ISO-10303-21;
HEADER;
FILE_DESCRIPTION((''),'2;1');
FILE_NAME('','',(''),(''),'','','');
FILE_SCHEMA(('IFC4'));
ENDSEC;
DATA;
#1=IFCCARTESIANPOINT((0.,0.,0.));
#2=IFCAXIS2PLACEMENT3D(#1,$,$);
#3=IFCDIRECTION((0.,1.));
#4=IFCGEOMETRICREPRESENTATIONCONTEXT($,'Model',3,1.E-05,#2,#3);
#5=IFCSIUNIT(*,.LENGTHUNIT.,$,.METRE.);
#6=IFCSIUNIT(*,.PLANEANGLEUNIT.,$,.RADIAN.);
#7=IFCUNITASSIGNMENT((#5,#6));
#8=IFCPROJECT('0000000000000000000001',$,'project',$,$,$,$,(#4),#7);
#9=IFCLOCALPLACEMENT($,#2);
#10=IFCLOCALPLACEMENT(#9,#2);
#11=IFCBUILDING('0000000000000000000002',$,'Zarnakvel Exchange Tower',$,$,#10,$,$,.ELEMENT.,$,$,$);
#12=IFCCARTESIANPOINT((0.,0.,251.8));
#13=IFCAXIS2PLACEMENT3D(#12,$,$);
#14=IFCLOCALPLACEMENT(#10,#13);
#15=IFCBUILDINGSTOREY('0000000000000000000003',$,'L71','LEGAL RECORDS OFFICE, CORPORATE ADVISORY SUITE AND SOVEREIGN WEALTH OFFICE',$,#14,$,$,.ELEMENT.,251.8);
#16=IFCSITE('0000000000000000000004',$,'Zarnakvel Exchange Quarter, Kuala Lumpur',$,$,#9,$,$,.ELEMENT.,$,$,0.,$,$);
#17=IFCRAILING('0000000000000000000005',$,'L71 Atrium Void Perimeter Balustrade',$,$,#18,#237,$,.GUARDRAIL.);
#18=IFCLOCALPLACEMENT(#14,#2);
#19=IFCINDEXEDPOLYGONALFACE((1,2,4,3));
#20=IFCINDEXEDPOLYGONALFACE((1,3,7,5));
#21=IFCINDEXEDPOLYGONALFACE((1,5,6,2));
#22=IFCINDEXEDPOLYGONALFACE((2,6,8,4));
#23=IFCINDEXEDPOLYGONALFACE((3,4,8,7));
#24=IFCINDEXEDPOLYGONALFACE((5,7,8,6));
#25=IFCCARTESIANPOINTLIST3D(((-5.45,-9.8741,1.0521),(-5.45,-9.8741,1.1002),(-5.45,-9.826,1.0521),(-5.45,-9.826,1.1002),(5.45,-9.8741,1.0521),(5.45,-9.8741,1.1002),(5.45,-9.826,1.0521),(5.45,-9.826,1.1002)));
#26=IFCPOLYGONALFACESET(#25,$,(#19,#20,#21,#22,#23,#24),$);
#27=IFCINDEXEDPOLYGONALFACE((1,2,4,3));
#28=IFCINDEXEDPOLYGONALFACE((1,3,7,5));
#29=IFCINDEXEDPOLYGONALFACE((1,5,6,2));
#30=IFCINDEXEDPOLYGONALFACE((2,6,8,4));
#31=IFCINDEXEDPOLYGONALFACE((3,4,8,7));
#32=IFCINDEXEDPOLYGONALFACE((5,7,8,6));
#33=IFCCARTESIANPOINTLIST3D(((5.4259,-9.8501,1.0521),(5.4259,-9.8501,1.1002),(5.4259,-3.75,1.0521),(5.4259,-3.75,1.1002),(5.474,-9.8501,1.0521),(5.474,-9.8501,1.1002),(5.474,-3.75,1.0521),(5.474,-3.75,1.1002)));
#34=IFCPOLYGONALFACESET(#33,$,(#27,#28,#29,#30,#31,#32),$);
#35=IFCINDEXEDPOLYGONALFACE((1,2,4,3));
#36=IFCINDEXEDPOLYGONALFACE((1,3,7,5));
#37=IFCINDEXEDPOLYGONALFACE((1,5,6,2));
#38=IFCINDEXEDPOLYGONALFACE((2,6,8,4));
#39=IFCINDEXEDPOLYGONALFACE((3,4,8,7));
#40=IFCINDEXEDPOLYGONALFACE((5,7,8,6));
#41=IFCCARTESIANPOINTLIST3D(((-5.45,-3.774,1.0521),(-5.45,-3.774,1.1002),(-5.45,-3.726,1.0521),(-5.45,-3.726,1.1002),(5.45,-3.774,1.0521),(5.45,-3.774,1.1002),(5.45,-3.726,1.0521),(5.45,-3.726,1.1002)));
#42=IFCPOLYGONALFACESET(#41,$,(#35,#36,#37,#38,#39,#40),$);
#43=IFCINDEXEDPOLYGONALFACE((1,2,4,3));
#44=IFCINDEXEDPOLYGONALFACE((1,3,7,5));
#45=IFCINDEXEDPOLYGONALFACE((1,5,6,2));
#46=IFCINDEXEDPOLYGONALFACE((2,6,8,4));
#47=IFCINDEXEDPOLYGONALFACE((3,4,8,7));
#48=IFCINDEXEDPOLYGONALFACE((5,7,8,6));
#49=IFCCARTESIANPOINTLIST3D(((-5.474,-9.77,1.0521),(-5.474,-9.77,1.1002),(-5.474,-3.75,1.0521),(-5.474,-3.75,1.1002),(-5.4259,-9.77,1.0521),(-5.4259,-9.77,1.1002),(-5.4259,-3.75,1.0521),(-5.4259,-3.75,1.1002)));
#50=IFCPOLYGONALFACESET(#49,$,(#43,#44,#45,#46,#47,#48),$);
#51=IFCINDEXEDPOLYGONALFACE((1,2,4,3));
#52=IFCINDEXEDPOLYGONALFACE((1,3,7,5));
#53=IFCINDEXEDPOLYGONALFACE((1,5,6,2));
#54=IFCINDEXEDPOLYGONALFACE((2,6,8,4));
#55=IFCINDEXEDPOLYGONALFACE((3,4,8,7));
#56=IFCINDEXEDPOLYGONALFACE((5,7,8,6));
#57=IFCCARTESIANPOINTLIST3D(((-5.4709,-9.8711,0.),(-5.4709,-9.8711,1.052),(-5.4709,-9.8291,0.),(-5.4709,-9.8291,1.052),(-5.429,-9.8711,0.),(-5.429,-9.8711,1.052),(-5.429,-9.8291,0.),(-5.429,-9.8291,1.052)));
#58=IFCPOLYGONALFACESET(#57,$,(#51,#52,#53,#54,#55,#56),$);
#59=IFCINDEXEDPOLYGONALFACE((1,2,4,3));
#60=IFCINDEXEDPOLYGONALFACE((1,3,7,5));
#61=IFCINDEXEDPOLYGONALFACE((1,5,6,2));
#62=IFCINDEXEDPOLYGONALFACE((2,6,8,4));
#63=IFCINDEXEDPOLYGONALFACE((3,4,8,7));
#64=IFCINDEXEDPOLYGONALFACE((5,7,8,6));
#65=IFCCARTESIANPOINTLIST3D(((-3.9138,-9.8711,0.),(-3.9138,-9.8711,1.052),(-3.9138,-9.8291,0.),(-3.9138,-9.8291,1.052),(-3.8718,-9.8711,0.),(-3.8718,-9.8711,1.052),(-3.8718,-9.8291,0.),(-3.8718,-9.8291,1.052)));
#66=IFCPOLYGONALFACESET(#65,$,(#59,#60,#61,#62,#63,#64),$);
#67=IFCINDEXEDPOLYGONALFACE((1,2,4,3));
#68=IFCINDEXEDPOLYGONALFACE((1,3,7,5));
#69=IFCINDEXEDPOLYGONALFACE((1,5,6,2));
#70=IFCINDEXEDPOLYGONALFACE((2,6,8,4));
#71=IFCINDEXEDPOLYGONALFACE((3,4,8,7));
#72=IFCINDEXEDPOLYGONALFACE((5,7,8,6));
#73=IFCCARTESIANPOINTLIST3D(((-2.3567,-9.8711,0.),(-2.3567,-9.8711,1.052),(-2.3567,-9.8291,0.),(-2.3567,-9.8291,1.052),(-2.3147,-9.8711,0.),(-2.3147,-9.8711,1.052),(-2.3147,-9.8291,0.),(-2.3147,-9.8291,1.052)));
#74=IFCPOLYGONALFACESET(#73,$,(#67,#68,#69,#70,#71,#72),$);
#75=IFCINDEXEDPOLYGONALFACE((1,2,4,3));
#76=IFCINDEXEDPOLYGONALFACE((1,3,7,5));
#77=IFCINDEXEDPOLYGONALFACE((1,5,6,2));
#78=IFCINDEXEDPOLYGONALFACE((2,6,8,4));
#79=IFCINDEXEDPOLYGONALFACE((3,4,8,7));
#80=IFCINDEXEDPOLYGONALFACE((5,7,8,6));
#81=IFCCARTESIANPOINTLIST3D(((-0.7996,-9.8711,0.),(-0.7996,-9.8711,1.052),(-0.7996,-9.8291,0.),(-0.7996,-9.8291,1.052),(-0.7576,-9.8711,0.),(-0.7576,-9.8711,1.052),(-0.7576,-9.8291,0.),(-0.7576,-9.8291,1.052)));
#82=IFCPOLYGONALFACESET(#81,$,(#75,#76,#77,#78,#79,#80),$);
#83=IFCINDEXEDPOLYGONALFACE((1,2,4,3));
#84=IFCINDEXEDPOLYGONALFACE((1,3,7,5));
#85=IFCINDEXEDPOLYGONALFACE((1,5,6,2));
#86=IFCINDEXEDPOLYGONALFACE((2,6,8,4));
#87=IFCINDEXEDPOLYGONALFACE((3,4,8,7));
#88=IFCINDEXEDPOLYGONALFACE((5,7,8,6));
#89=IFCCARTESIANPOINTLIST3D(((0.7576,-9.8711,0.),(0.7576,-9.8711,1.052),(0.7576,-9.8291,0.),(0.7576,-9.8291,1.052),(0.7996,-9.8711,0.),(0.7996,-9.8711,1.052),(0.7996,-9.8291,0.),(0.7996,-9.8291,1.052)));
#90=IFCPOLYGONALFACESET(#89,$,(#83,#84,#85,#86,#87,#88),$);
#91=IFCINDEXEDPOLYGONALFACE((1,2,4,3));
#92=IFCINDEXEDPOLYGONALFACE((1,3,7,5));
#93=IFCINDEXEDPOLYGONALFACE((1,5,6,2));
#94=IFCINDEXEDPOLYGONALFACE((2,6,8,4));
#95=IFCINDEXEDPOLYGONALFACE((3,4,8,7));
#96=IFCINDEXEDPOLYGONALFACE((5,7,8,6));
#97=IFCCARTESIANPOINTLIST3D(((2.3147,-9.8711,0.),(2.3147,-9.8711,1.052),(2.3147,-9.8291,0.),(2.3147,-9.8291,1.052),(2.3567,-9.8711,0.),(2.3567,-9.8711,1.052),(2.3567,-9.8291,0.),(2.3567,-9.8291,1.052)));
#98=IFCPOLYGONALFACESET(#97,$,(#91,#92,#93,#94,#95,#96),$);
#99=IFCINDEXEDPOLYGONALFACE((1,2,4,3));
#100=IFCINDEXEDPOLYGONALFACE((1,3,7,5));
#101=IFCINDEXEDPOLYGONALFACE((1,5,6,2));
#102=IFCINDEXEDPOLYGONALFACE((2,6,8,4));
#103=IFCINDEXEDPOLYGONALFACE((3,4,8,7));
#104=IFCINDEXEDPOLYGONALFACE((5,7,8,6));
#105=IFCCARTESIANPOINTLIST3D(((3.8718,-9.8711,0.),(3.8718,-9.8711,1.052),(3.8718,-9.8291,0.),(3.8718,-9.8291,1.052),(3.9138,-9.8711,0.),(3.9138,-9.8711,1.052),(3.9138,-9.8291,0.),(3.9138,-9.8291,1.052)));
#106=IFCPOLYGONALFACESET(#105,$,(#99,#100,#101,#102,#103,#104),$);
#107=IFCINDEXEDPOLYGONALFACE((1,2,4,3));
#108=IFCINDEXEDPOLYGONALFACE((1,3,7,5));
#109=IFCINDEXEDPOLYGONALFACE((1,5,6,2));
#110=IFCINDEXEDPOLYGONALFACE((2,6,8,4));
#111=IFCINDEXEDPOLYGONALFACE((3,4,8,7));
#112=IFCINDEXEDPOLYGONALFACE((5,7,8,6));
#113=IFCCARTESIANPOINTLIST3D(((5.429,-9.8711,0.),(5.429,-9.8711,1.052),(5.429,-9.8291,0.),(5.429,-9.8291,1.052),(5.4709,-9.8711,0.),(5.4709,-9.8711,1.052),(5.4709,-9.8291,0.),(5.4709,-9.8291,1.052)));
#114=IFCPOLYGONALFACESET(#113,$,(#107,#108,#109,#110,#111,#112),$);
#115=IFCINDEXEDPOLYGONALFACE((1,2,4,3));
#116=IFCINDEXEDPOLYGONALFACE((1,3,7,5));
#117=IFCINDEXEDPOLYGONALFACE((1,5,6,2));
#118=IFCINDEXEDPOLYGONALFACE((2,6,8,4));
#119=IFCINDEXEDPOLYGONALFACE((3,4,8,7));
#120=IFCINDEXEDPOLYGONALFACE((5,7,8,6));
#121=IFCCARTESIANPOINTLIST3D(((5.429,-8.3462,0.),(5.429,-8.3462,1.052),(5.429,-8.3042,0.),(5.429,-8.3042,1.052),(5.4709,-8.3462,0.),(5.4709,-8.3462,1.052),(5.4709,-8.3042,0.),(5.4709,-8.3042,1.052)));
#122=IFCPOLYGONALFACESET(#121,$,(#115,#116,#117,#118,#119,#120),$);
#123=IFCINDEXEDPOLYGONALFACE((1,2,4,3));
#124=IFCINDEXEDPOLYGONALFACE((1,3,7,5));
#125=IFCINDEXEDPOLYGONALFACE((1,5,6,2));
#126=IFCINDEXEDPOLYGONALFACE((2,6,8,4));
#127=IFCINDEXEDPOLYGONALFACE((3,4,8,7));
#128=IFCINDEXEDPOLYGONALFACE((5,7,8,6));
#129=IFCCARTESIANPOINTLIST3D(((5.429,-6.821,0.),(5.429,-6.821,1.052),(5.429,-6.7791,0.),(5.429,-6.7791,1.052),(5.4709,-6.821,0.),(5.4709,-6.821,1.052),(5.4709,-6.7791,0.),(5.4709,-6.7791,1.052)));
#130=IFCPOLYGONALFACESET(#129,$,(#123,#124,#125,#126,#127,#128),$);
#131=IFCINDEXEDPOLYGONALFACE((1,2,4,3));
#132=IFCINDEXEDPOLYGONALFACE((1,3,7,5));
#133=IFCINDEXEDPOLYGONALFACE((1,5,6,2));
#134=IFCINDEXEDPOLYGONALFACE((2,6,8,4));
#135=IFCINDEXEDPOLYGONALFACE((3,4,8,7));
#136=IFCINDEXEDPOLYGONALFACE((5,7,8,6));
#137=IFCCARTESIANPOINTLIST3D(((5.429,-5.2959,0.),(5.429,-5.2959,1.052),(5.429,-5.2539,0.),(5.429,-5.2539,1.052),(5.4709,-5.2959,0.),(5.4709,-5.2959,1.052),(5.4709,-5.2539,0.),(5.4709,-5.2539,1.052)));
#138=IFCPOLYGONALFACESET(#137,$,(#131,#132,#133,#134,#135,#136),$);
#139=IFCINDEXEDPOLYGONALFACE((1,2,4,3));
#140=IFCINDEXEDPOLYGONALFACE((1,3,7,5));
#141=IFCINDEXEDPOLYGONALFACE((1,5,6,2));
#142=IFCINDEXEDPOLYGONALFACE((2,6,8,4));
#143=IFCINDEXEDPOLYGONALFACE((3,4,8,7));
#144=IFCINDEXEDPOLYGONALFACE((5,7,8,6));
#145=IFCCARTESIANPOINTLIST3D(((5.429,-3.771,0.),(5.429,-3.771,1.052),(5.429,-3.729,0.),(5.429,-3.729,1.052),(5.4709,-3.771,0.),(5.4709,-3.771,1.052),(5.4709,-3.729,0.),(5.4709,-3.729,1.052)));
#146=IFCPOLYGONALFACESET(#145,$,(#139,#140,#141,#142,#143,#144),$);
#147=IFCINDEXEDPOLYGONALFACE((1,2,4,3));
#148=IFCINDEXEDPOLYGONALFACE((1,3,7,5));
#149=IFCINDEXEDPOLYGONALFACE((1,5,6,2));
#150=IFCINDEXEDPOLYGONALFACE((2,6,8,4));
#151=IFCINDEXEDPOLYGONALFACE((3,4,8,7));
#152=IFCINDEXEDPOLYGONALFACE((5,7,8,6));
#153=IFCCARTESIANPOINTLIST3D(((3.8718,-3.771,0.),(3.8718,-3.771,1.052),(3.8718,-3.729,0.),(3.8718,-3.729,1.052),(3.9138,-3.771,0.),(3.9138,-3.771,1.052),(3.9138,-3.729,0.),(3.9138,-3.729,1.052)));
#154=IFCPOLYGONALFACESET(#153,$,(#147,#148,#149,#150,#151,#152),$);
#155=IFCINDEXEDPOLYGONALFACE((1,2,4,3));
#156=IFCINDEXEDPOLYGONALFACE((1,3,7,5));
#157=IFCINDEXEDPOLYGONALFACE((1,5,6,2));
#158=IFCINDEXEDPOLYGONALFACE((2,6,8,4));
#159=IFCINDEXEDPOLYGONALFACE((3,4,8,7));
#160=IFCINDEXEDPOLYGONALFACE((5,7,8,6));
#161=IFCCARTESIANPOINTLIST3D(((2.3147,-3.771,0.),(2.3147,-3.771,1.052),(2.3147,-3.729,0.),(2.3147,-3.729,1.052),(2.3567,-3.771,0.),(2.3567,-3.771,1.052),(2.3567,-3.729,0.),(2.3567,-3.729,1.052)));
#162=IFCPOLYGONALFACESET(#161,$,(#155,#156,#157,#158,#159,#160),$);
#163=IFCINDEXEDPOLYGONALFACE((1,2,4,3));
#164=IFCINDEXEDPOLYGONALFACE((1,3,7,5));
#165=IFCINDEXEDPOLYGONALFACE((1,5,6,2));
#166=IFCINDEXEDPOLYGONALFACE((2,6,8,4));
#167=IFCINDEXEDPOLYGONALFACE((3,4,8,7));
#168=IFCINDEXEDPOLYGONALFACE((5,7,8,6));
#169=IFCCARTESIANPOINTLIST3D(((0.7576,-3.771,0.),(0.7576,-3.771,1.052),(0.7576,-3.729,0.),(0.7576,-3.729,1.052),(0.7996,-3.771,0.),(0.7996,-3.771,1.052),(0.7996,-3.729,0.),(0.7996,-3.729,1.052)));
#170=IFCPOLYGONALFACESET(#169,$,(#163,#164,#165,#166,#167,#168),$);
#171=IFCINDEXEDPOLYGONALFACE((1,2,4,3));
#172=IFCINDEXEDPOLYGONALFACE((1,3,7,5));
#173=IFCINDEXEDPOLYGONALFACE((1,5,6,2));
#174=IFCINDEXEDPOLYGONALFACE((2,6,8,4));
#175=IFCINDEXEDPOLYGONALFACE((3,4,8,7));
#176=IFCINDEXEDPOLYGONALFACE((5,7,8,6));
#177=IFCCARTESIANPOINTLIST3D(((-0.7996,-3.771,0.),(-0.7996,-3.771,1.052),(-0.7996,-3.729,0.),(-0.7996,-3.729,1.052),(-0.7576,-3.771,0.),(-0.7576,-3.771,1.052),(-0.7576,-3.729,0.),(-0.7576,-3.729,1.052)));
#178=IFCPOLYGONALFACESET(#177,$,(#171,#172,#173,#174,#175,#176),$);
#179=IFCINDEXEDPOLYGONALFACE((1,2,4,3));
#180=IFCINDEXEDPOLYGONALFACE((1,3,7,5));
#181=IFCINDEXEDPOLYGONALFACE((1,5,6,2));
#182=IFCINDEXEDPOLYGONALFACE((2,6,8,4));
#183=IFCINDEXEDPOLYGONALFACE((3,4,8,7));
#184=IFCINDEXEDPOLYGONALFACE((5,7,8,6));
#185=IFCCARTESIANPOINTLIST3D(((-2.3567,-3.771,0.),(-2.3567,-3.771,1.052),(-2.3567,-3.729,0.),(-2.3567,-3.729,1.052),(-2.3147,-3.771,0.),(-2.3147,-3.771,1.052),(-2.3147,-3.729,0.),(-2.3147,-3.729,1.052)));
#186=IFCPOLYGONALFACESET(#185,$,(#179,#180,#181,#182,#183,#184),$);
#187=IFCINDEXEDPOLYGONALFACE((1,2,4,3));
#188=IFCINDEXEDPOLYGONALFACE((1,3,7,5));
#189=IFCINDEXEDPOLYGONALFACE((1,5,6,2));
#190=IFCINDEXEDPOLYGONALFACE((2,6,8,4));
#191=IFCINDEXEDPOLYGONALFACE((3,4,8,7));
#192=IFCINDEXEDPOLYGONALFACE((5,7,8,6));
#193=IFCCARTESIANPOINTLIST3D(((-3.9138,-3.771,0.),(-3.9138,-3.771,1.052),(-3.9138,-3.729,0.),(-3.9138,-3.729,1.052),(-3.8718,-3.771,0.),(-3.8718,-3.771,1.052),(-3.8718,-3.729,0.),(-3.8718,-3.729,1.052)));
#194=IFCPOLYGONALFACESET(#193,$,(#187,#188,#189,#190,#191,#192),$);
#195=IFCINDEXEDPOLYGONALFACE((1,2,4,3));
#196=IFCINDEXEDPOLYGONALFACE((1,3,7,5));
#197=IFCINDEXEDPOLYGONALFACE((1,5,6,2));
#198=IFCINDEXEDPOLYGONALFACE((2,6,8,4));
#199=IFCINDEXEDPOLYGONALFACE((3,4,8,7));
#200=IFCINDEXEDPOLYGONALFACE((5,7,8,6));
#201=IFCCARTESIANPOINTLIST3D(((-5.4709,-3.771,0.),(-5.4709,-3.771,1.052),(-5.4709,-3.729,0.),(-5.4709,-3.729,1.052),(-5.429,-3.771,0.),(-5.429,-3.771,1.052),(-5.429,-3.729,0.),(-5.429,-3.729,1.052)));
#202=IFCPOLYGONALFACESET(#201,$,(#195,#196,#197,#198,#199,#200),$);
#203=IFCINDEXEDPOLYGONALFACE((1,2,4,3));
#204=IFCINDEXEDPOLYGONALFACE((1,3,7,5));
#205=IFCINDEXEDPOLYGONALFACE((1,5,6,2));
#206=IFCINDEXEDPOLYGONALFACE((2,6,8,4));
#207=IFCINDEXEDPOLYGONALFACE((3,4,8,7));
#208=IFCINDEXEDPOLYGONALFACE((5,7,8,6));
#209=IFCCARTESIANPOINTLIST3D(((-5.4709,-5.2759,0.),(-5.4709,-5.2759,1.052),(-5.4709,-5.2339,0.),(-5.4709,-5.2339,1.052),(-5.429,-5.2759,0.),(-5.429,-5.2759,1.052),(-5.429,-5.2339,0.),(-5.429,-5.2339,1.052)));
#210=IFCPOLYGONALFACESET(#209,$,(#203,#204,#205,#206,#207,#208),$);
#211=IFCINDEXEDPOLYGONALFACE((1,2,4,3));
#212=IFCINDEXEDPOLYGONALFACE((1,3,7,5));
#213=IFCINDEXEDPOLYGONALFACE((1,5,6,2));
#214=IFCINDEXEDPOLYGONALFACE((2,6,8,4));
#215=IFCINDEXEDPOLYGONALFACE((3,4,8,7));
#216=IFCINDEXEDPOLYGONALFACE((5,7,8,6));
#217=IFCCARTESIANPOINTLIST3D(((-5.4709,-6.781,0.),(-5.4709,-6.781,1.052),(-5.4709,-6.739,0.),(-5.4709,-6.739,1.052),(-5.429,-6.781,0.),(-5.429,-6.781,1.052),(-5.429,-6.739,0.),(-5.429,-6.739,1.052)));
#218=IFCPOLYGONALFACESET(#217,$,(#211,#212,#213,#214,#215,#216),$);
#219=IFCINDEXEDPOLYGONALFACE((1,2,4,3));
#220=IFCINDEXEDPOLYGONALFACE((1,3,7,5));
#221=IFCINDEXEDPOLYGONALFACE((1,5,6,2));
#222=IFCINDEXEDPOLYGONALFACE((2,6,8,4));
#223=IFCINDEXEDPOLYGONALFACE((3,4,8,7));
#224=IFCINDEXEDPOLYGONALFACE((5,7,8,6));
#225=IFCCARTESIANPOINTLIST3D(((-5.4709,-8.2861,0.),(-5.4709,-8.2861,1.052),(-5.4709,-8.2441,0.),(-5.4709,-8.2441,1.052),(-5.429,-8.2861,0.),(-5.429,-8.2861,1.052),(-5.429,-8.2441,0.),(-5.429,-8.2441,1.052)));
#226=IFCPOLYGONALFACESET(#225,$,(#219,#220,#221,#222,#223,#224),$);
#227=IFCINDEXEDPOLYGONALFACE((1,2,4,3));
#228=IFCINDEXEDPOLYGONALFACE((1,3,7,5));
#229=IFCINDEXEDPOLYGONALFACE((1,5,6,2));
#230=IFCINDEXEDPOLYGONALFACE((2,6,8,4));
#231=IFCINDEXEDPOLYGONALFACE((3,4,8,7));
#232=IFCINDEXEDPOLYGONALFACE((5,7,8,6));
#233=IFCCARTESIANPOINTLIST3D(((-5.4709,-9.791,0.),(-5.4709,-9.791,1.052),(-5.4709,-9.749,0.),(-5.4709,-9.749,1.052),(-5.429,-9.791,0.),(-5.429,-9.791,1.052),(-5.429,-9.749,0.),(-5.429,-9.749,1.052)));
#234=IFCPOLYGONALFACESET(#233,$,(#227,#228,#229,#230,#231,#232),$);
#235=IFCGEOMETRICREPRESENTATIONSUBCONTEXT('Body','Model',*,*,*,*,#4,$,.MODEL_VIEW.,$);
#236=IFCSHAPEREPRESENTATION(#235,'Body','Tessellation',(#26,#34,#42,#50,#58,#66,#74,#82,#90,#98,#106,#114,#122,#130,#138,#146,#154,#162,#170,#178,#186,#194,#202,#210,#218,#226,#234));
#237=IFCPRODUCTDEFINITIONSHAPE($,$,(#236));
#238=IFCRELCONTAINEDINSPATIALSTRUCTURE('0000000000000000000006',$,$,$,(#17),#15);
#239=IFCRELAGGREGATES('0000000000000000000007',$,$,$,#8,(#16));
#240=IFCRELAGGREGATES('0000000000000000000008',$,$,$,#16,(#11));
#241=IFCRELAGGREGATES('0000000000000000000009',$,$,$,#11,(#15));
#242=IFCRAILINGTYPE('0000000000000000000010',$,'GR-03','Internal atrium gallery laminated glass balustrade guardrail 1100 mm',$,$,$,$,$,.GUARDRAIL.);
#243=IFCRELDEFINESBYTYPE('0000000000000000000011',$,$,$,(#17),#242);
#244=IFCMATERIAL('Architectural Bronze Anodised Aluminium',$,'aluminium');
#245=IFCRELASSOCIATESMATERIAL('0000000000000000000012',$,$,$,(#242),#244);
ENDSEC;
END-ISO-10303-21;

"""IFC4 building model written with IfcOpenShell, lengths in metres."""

from ifc_helpers import new_model, si_unit, direction, frame, origin, origin_2d, place, context, subcontext, project, spatial, rectangle, extrude, material, type_object, element, save


model = new_model("IFC4")

# Units and contexts
model_context = context("Model", 3, precision=1e-05, world=origin(), true_north=direction((0.0, 1.0)))
body_context = subcontext(model_context, "Body", "Model", "MODEL_VIEW")
ifc_project = project(units=[si_unit("LENGTHUNIT", "METRE"), si_unit("PLANEANGLEUNIT", "RADIAN")], contexts=[model_context])

# Site, building, storey
site_placement = place(None, origin())
site = spatial("IfcSite", under=ifc_project, at=site_placement, Name="Zarnakvel Exchange Quarter, Kuala Lumpur", CompositionType="ELEMENT", RefElevation=0.0)
building_placement = place(site_placement, origin())
building = spatial("IfcBuilding", under=site, at=building_placement, Name="Zarnakvel Exchange Tower", CompositionType="ELEMENT")
storey_placement = place(building_placement, frame((0.0, 0.0, 251.8)))
storey = spatial("IfcBuildingStorey", under=building, at=storey_placement, Name="L71", Description="LEGAL RECORDS OFFICE, CORPORATE ADVISORY SUITE AND SOVEREIGN WEALTH OFFICE", CompositionType="ELEMENT", Elevation=251.8)

# Railing
ifc_material_1 = material(Name="Architectural Bronze Anodised Aluminium", Category="aluminium")
railing_type = type_object("IfcRailingType", Name="GR-03", Description="Internal atrium gallery laminated glass balustrade guardrail 1100 mm", PredefinedType="GUARDRAIL", material=ifc_material_1)
railing_placement = place(storey_placement, frame((-5.45, -9.8501, 0.0)))
element("IfcRailing", 1, at=railing_placement, inside=storey, type_object=railing_type, Name="L71 Atrium Void Perimeter Balustrade", PredefinedType="GUARDRAIL", context=body_context, shape_type="SweptSolid", body=[
    extrude(rectangle(XDim=0.0481, YDim=0.0481, at=origin_2d()), frame((0.0, 0.0, 1.0762), z_axis=(1.0, 0.0, 0.0), x_axis=(0.0, 1.0, 0.0)), (0.0, 0.0, 1.0), 10.8999),
    extrude(rectangle(XDim=0.0481, YDim=0.0481, at=origin_2d()), frame((10.8999, 0.0, 1.0762), z_axis=(0.0, 1.0, 0.0), x_axis=(-1.0, 0.0, 0.0)), (0.0, 0.0, 1.0), 6.1001),
    extrude(rectangle(XDim=0.0481, YDim=0.0481, at=origin_2d()), frame((10.8999, 6.1001, 1.0762), z_axis=(-1.0, 0.0, 0.0), x_axis=(0.0, -1.0, 0.0)), (0.0, 0.0, 1.0), 10.8999),
    extrude(rectangle(XDim=0.0481, YDim=0.0481, at=origin_2d()), frame((0.0, 6.1001, 1.0762), z_axis=(0.0, -1.0, 0.0), x_axis=(1.0, 0.0, 0.0)), (0.0, 0.0, 1.0), 6.02),
    extrude(rectangle(XDim=0.042, YDim=0.042, at=origin_2d()), origin(), (0.0, 0.0, 1.0), 1.052),
    extrude(rectangle(XDim=0.042, YDim=0.042, at=origin_2d()), frame((1.5571, 0.0, 0.0)), (0.0, 0.0, 1.0), 1.052),
    extrude(rectangle(XDim=0.042, YDim=0.042, at=origin_2d()), frame((3.1143, 0.0, 0.0)), (0.0, 0.0, 1.0), 1.052),
    extrude(rectangle(XDim=0.042, YDim=0.042, at=origin_2d()), frame((4.6714, 0.0, 0.0)), (0.0, 0.0, 1.0), 1.052),
    extrude(rectangle(XDim=0.042, YDim=0.042, at=origin_2d()), frame((6.2285, 0.0, 0.0)), (0.0, 0.0, 1.0), 1.052),
    extrude(rectangle(XDim=0.042, YDim=0.042, at=origin_2d()), frame((7.7856, 0.0, 0.0)), (0.0, 0.0, 1.0), 1.052),
    extrude(rectangle(XDim=0.042, YDim=0.042, at=origin_2d()), frame((9.3428, 0.0, 0.0)), (0.0, 0.0, 1.0), 1.052),
    extrude(rectangle(XDim=0.042, YDim=0.042, at=origin_2d()), frame((10.8999, 0.0, 0.0)), (0.0, 0.0, 1.0), 1.052),
    extrude(rectangle(XDim=0.042, YDim=0.042, at=origin_2d()), frame((10.8999, 1.5249, 0.0)), (0.0, 0.0, 1.0), 1.052),
    extrude(rectangle(XDim=0.042, YDim=0.042, at=origin_2d()), frame((10.8999, 3.05, 0.0)), (0.0, 0.0, 1.0), 1.052),
    extrude(rectangle(XDim=0.042, YDim=0.042, at=origin_2d()), frame((10.8999, 4.5752, 0.0)), (0.0, 0.0, 1.0), 1.052),
    extrude(rectangle(XDim=0.042, YDim=0.042, at=origin_2d()), frame((10.8999, 6.1001, 0.0)), (0.0, 0.0, 1.0), 1.052),
    extrude(rectangle(XDim=0.042, YDim=0.042, at=origin_2d()), frame((9.3428, 6.1001, 0.0)), (0.0, 0.0, 1.0), 1.052),
    extrude(rectangle(XDim=0.042, YDim=0.042, at=origin_2d()), frame((7.7856, 6.1001, 0.0)), (0.0, 0.0, 1.0), 1.052),
    extrude(rectangle(XDim=0.042, YDim=0.042, at=origin_2d()), frame((6.2285, 6.1001, 0.0)), (0.0, 0.0, 1.0), 1.052),
    extrude(rectangle(XDim=0.042, YDim=0.042, at=origin_2d()), frame((4.6714, 6.1001, 0.0)), (0.0, 0.0, 1.0), 1.052),
    extrude(rectangle(XDim=0.042, YDim=0.042, at=origin_2d()), frame((3.1143, 6.1001, 0.0)), (0.0, 0.0, 1.0), 1.052),
    extrude(rectangle(XDim=0.042, YDim=0.042, at=origin_2d()), frame((1.5571, 6.1001, 0.0)), (0.0, 0.0, 1.0), 1.052),
    extrude(rectangle(XDim=0.042, YDim=0.042, at=origin_2d()), frame((0.0, 6.1001, 0.0)), (0.0, 0.0, 1.0), 1.052),
    extrude(rectangle(XDim=0.042, YDim=0.042, at=origin_2d()), frame((0.0, 4.5952, 0.0)), (0.0, 0.0, 1.0), 1.052),
    extrude(rectangle(XDim=0.042, YDim=0.042, at=origin_2d()), frame((0.0, 3.0901, 0.0)), (0.0, 0.0, 1.0), 1.052),
    extrude(rectangle(XDim=0.042, YDim=0.042, at=origin_2d()), frame((0.0, 1.585, 0.0)), (0.0, 0.0, 1.0), 1.052),
    extrude(rectangle(XDim=0.042, YDim=0.042, at=origin_2d()), frame((0.0, 0.0801, 0.0)), (0.0, 0.0, 1.0), 1.052),
])

save(model, "model.ifc")
